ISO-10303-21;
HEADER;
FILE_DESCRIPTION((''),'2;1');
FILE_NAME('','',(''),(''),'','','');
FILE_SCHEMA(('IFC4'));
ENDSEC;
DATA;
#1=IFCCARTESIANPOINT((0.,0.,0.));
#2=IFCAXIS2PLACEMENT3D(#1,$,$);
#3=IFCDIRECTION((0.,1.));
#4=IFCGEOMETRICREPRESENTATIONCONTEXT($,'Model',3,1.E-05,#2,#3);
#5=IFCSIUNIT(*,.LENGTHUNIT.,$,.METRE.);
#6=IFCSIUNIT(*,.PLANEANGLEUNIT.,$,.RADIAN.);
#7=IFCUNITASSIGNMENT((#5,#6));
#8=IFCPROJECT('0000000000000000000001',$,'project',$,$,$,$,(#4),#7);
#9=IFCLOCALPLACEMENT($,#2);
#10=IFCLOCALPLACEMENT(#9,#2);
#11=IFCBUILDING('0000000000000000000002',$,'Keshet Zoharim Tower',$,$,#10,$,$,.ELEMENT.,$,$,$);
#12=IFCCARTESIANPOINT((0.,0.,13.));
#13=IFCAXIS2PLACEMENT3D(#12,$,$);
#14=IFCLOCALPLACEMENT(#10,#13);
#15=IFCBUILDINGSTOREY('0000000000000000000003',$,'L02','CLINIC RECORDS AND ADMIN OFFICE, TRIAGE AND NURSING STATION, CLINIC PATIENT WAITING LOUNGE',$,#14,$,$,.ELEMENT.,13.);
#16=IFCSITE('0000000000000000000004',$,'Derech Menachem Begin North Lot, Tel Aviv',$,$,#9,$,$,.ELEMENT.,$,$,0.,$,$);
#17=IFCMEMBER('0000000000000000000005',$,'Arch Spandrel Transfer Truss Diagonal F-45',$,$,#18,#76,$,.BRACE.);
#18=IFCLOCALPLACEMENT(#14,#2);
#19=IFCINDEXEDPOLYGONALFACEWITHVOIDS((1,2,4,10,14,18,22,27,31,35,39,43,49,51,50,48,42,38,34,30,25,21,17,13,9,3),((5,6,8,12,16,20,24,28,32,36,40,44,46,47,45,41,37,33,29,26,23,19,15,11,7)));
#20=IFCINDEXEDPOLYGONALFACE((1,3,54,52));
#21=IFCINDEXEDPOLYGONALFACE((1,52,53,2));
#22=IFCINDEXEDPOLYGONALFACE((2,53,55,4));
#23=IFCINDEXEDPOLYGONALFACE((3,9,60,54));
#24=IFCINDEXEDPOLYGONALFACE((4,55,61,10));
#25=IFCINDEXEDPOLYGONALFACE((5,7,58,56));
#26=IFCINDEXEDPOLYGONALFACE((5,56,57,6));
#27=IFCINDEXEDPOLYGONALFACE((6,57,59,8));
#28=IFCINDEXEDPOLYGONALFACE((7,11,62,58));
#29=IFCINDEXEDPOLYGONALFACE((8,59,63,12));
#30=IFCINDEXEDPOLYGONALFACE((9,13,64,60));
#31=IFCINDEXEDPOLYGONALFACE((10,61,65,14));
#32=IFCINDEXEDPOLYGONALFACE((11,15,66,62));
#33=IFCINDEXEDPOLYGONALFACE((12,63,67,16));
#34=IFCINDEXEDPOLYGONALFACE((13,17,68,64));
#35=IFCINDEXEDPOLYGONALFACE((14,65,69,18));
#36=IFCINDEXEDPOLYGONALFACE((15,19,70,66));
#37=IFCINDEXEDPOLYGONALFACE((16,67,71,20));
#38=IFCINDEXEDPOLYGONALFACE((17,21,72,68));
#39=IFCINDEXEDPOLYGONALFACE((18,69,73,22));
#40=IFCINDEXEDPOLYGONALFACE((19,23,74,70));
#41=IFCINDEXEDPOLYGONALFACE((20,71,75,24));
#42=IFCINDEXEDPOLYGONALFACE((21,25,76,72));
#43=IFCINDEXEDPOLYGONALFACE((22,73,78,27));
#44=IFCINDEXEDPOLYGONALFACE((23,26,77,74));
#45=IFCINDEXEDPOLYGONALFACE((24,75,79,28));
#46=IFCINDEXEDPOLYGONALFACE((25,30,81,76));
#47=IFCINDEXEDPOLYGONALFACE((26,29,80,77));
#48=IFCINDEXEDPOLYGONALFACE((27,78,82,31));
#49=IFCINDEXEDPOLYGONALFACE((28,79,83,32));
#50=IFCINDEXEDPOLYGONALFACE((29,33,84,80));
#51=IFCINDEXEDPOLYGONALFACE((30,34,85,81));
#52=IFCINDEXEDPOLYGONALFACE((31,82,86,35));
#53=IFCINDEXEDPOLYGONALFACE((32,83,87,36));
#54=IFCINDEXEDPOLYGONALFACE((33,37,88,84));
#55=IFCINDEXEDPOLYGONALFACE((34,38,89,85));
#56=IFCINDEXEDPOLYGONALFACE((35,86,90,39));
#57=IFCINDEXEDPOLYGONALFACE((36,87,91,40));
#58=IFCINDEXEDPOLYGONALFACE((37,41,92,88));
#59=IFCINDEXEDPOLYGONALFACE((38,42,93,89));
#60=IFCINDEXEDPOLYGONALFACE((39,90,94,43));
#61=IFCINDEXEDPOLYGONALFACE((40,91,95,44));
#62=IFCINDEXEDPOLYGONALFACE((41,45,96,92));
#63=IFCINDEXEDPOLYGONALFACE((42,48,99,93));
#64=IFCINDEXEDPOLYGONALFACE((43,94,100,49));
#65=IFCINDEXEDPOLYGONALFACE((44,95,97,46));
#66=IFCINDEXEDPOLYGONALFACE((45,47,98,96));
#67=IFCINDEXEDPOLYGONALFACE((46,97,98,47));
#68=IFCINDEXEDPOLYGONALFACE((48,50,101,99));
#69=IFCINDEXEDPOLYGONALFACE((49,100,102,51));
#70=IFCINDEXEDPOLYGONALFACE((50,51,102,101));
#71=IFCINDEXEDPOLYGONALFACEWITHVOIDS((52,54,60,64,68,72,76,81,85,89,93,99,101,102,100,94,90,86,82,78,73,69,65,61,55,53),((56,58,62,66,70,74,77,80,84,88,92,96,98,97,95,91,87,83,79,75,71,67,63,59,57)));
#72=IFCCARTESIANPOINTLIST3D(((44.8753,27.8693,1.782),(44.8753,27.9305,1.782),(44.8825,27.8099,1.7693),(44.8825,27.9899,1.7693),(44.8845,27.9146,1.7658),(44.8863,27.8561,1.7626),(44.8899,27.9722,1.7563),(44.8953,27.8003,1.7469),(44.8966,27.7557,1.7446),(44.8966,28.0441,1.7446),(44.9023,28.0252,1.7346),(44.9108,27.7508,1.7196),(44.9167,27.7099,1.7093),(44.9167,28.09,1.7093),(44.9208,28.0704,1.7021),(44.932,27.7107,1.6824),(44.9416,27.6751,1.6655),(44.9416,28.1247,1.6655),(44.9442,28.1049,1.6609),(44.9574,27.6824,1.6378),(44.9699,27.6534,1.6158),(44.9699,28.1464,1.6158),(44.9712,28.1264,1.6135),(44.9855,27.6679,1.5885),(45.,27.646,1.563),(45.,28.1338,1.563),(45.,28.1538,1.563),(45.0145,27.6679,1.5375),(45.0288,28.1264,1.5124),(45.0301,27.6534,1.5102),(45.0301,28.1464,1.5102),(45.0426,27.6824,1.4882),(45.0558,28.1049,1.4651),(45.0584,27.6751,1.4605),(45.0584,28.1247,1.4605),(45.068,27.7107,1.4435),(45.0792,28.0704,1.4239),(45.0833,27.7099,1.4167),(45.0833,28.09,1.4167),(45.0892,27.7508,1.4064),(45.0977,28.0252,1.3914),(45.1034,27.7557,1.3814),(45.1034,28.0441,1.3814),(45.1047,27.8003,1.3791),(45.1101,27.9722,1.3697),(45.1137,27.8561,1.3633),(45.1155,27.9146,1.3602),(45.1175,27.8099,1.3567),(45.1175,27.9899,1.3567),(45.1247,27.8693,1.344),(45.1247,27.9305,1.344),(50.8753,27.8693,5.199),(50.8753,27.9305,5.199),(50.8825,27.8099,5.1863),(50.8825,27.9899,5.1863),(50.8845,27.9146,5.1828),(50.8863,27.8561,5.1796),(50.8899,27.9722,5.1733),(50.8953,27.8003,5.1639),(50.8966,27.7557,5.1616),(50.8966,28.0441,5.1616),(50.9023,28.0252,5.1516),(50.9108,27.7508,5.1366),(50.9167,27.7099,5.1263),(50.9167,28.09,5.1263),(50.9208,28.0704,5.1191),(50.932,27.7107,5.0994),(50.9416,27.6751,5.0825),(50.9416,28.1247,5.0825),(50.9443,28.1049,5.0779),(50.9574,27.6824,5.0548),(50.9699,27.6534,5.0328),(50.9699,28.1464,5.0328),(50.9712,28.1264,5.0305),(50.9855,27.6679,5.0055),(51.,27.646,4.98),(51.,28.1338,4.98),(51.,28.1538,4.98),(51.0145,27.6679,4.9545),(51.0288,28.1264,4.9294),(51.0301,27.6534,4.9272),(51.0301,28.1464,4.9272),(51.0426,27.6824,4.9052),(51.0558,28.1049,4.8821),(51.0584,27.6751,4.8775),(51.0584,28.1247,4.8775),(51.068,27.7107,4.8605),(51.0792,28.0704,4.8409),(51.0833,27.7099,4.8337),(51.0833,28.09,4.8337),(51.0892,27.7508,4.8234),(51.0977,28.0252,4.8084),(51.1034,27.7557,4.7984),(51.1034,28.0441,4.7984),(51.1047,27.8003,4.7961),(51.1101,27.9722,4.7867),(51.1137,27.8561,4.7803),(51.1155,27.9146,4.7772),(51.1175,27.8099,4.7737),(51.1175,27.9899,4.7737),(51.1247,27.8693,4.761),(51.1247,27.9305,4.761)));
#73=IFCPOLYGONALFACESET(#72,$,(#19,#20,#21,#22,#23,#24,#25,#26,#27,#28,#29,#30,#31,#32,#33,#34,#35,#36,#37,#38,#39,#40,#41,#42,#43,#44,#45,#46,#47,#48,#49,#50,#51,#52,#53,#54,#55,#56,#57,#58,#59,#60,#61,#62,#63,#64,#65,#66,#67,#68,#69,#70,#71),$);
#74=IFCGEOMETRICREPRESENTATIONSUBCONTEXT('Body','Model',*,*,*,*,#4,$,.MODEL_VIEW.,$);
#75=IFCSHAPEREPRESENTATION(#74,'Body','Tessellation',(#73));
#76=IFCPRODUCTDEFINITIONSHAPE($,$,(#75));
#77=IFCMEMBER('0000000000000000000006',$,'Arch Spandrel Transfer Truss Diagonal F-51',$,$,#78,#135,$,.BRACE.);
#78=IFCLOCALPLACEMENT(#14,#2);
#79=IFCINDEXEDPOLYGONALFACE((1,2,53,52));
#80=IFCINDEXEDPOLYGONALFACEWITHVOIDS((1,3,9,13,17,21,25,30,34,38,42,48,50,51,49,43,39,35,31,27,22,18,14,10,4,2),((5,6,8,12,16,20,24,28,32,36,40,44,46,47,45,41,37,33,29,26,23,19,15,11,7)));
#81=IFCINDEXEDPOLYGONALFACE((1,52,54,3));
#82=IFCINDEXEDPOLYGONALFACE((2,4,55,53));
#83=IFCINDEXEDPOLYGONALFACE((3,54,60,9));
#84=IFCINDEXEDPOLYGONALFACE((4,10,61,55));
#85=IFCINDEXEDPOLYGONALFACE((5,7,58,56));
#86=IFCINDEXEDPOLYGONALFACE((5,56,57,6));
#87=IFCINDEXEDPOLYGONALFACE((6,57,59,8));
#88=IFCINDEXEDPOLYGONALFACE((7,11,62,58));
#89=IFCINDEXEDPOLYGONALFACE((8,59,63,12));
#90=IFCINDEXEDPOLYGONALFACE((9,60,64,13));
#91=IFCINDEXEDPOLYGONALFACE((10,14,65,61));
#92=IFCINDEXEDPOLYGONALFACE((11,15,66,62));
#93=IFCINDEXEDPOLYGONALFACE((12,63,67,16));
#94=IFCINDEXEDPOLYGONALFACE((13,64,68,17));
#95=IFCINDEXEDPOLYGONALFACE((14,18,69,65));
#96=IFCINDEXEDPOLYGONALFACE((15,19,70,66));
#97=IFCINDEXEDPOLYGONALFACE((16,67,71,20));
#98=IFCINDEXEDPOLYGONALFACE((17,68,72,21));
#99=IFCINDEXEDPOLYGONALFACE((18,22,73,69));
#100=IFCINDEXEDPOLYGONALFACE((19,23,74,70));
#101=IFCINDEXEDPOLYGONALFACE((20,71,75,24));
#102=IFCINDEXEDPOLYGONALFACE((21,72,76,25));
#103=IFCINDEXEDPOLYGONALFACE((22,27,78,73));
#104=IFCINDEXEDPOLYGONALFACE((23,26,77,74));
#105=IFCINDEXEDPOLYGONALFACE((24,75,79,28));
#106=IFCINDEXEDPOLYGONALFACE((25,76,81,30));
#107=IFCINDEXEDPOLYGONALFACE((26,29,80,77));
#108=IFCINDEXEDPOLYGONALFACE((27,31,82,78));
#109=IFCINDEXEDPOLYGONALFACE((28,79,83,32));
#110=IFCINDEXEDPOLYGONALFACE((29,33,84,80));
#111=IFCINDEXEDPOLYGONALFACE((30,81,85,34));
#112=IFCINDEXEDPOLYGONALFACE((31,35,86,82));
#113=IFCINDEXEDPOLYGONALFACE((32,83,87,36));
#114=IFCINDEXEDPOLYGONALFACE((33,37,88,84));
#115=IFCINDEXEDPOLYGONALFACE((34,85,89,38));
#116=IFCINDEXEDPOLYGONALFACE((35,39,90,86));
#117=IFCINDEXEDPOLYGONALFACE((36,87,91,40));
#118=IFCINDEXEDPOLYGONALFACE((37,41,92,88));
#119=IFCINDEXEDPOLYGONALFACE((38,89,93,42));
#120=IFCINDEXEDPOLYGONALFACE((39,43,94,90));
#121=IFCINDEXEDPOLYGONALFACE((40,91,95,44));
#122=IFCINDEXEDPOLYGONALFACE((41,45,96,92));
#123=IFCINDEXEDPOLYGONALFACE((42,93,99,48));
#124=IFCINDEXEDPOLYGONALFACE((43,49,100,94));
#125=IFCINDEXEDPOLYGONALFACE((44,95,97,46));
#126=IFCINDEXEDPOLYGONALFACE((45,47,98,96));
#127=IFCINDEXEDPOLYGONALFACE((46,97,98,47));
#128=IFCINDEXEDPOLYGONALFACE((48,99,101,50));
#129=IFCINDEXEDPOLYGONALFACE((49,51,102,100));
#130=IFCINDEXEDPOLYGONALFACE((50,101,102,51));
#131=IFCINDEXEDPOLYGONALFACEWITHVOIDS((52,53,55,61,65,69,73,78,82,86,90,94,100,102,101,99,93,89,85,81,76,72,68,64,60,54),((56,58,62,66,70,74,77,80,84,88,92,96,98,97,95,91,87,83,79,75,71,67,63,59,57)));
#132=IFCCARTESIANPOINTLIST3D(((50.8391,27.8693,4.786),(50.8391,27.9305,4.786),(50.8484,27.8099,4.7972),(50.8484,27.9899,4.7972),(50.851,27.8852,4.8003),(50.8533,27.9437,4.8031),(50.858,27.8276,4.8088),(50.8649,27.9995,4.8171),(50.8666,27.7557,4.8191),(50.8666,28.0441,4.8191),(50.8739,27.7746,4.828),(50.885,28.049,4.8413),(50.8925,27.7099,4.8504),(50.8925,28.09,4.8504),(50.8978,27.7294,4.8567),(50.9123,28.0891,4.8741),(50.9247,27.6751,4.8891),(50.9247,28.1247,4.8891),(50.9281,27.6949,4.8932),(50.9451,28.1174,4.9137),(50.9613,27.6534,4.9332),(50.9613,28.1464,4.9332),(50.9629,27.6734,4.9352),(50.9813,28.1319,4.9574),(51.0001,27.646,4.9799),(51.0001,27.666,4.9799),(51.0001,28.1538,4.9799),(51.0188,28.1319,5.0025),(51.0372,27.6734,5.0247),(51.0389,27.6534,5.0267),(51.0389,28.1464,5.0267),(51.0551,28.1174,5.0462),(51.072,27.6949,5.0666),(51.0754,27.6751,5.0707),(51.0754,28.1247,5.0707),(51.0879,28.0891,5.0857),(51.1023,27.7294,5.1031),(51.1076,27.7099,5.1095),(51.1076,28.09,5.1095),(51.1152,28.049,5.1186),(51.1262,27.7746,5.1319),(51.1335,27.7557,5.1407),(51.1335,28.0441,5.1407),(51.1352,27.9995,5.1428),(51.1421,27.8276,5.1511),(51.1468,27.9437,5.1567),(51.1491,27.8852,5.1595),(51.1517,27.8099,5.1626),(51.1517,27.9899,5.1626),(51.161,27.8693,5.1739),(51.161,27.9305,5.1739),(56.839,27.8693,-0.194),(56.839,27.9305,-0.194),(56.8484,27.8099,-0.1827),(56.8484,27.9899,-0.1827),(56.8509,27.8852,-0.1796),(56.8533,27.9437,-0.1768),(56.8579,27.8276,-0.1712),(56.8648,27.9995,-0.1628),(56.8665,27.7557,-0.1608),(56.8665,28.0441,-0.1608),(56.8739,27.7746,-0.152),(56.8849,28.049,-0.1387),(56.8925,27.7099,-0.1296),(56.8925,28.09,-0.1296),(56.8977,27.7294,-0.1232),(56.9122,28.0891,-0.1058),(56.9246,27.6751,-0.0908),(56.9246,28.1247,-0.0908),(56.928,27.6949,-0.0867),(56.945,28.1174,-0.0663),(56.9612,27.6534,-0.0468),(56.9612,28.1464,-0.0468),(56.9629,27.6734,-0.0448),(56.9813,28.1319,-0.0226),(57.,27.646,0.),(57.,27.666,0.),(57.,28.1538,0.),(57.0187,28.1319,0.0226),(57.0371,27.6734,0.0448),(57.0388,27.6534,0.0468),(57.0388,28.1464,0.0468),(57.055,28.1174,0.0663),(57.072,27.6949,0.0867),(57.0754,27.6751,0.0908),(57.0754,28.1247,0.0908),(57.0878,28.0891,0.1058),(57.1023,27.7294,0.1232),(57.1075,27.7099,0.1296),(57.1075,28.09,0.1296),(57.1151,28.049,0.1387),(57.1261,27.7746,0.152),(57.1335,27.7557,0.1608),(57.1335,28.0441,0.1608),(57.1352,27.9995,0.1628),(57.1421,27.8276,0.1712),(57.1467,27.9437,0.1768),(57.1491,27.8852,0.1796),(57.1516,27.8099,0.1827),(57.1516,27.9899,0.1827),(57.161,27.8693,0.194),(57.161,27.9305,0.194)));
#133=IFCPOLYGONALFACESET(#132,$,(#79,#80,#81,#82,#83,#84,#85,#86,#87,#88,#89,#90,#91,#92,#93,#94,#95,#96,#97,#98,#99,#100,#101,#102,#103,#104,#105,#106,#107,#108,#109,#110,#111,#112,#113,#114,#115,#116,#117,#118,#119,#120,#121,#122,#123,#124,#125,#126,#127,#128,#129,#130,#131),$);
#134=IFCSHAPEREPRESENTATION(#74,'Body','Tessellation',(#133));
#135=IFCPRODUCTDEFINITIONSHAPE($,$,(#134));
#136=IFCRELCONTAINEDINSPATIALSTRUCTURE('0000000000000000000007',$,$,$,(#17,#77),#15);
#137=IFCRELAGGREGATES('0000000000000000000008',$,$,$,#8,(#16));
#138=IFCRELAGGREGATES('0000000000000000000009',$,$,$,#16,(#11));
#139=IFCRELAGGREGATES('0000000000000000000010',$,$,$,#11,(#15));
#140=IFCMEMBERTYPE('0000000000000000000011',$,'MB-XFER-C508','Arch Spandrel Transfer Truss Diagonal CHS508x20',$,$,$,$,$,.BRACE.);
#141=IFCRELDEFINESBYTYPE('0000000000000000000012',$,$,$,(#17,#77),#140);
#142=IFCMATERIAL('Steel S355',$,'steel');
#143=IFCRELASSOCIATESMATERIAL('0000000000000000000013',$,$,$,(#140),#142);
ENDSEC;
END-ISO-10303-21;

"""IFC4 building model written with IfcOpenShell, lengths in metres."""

from ifc_helpers import new_model, si_unit, direction, frame, origin, origin_2d, place, context, subcontext, project, spatial, hollow_circle, extrude, material, material_profile, profile_set, type_object, element, save


model = new_model("IFC4")

# Units and contexts
model_context = context("Model", 3, precision=1e-05, world=origin(), true_north=direction((0.0, 1.0)))
body_context = subcontext(model_context, "Body", "Model", "MODEL_VIEW")
ifc_project = project(units=[si_unit("LENGTHUNIT", "METRE"), si_unit("PLANEANGLEUNIT", "RADIAN")], contexts=[model_context])

# Site, building, storey
site_placement = place(None, origin())
site = spatial("IfcSite", under=ifc_project, at=site_placement, Name="Derech Menachem Begin North Lot, Tel Aviv", CompositionType="ELEMENT", RefElevation=0.0)
building_placement = place(site_placement, origin())
building = spatial("IfcBuilding", under=site, at=building_placement, Name="Keshet Zoharim Tower", CompositionType="ELEMENT")
storey_placement = place(building_placement, frame((0.0, 0.0, 13.0)))
storey = spatial("IfcBuildingStorey", under=building, at=storey_placement, Name="L02", Description="CLINIC RECORDS AND ADMIN OFFICE, TRIAGE AND NURSING STATION, CLINIC PATIENT WAITING LOUNGE", CompositionType="ELEMENT", Elevation=13.0)

# Shared definitions
ifc_material_1 = material(Name="Steel S355", Category="steel")

# Members
ifc_material_profile_1 = material_profile(ifc_material_1, hollow_circle(Radius=0.2539, WallThickness=0.02, at=origin_2d()), Name="CHS508x20")
ifc_profile_set_1 = profile_set([ifc_material_profile_1], Name="Steel S355")
member_type = type_object("IfcMemberType", Name="MB-XFER-C508", Description="Arch Spandrel Transfer Truss Diagonal CHS508x20", PredefinedType="BRACE", material=ifc_profile_set_1)
member_1_placement = place(storey_placement, frame((45.0, 27.8999, 1.563), z_axis=(0.868965, 0.0, 0.494874), x_axis=(0.0, 1.0, 0.0)))
element("IfcMember", 1, at=member_1_placement, inside=storey, type_object=member_type, Name="Arch Spandrel Transfer Truss Diagonal F-45", PredefinedType="BRACE", context=body_context, shape_type="SweptSolid", body=[
    extrude(hollow_circle(Radius=0.2539, WallThickness=0.02, at=origin_2d()), origin(), (0.0, 0.0, 1.0), 6.9048),
])
member_2_placement = place(storey_placement, frame((57.0, 27.8999, 0.0), z_axis=(-0.769482, 0.0, 0.638668), x_axis=(0.0, -1.0, 0.0)))
element("IfcMember", 2, at=member_2_placement, inside=storey, type_object=member_type, Name="Arch Spandrel Transfer Truss Diagonal F-51", PredefinedType="BRACE", context=body_context, shape_type="SweptSolid", body=[
    extrude(hollow_circle(Radius=0.2539, WallThickness=0.02, at=origin_2d()), origin(), (0.0, 0.0, 1.0), 7.7974),
])

save(model, "model.ifc")
